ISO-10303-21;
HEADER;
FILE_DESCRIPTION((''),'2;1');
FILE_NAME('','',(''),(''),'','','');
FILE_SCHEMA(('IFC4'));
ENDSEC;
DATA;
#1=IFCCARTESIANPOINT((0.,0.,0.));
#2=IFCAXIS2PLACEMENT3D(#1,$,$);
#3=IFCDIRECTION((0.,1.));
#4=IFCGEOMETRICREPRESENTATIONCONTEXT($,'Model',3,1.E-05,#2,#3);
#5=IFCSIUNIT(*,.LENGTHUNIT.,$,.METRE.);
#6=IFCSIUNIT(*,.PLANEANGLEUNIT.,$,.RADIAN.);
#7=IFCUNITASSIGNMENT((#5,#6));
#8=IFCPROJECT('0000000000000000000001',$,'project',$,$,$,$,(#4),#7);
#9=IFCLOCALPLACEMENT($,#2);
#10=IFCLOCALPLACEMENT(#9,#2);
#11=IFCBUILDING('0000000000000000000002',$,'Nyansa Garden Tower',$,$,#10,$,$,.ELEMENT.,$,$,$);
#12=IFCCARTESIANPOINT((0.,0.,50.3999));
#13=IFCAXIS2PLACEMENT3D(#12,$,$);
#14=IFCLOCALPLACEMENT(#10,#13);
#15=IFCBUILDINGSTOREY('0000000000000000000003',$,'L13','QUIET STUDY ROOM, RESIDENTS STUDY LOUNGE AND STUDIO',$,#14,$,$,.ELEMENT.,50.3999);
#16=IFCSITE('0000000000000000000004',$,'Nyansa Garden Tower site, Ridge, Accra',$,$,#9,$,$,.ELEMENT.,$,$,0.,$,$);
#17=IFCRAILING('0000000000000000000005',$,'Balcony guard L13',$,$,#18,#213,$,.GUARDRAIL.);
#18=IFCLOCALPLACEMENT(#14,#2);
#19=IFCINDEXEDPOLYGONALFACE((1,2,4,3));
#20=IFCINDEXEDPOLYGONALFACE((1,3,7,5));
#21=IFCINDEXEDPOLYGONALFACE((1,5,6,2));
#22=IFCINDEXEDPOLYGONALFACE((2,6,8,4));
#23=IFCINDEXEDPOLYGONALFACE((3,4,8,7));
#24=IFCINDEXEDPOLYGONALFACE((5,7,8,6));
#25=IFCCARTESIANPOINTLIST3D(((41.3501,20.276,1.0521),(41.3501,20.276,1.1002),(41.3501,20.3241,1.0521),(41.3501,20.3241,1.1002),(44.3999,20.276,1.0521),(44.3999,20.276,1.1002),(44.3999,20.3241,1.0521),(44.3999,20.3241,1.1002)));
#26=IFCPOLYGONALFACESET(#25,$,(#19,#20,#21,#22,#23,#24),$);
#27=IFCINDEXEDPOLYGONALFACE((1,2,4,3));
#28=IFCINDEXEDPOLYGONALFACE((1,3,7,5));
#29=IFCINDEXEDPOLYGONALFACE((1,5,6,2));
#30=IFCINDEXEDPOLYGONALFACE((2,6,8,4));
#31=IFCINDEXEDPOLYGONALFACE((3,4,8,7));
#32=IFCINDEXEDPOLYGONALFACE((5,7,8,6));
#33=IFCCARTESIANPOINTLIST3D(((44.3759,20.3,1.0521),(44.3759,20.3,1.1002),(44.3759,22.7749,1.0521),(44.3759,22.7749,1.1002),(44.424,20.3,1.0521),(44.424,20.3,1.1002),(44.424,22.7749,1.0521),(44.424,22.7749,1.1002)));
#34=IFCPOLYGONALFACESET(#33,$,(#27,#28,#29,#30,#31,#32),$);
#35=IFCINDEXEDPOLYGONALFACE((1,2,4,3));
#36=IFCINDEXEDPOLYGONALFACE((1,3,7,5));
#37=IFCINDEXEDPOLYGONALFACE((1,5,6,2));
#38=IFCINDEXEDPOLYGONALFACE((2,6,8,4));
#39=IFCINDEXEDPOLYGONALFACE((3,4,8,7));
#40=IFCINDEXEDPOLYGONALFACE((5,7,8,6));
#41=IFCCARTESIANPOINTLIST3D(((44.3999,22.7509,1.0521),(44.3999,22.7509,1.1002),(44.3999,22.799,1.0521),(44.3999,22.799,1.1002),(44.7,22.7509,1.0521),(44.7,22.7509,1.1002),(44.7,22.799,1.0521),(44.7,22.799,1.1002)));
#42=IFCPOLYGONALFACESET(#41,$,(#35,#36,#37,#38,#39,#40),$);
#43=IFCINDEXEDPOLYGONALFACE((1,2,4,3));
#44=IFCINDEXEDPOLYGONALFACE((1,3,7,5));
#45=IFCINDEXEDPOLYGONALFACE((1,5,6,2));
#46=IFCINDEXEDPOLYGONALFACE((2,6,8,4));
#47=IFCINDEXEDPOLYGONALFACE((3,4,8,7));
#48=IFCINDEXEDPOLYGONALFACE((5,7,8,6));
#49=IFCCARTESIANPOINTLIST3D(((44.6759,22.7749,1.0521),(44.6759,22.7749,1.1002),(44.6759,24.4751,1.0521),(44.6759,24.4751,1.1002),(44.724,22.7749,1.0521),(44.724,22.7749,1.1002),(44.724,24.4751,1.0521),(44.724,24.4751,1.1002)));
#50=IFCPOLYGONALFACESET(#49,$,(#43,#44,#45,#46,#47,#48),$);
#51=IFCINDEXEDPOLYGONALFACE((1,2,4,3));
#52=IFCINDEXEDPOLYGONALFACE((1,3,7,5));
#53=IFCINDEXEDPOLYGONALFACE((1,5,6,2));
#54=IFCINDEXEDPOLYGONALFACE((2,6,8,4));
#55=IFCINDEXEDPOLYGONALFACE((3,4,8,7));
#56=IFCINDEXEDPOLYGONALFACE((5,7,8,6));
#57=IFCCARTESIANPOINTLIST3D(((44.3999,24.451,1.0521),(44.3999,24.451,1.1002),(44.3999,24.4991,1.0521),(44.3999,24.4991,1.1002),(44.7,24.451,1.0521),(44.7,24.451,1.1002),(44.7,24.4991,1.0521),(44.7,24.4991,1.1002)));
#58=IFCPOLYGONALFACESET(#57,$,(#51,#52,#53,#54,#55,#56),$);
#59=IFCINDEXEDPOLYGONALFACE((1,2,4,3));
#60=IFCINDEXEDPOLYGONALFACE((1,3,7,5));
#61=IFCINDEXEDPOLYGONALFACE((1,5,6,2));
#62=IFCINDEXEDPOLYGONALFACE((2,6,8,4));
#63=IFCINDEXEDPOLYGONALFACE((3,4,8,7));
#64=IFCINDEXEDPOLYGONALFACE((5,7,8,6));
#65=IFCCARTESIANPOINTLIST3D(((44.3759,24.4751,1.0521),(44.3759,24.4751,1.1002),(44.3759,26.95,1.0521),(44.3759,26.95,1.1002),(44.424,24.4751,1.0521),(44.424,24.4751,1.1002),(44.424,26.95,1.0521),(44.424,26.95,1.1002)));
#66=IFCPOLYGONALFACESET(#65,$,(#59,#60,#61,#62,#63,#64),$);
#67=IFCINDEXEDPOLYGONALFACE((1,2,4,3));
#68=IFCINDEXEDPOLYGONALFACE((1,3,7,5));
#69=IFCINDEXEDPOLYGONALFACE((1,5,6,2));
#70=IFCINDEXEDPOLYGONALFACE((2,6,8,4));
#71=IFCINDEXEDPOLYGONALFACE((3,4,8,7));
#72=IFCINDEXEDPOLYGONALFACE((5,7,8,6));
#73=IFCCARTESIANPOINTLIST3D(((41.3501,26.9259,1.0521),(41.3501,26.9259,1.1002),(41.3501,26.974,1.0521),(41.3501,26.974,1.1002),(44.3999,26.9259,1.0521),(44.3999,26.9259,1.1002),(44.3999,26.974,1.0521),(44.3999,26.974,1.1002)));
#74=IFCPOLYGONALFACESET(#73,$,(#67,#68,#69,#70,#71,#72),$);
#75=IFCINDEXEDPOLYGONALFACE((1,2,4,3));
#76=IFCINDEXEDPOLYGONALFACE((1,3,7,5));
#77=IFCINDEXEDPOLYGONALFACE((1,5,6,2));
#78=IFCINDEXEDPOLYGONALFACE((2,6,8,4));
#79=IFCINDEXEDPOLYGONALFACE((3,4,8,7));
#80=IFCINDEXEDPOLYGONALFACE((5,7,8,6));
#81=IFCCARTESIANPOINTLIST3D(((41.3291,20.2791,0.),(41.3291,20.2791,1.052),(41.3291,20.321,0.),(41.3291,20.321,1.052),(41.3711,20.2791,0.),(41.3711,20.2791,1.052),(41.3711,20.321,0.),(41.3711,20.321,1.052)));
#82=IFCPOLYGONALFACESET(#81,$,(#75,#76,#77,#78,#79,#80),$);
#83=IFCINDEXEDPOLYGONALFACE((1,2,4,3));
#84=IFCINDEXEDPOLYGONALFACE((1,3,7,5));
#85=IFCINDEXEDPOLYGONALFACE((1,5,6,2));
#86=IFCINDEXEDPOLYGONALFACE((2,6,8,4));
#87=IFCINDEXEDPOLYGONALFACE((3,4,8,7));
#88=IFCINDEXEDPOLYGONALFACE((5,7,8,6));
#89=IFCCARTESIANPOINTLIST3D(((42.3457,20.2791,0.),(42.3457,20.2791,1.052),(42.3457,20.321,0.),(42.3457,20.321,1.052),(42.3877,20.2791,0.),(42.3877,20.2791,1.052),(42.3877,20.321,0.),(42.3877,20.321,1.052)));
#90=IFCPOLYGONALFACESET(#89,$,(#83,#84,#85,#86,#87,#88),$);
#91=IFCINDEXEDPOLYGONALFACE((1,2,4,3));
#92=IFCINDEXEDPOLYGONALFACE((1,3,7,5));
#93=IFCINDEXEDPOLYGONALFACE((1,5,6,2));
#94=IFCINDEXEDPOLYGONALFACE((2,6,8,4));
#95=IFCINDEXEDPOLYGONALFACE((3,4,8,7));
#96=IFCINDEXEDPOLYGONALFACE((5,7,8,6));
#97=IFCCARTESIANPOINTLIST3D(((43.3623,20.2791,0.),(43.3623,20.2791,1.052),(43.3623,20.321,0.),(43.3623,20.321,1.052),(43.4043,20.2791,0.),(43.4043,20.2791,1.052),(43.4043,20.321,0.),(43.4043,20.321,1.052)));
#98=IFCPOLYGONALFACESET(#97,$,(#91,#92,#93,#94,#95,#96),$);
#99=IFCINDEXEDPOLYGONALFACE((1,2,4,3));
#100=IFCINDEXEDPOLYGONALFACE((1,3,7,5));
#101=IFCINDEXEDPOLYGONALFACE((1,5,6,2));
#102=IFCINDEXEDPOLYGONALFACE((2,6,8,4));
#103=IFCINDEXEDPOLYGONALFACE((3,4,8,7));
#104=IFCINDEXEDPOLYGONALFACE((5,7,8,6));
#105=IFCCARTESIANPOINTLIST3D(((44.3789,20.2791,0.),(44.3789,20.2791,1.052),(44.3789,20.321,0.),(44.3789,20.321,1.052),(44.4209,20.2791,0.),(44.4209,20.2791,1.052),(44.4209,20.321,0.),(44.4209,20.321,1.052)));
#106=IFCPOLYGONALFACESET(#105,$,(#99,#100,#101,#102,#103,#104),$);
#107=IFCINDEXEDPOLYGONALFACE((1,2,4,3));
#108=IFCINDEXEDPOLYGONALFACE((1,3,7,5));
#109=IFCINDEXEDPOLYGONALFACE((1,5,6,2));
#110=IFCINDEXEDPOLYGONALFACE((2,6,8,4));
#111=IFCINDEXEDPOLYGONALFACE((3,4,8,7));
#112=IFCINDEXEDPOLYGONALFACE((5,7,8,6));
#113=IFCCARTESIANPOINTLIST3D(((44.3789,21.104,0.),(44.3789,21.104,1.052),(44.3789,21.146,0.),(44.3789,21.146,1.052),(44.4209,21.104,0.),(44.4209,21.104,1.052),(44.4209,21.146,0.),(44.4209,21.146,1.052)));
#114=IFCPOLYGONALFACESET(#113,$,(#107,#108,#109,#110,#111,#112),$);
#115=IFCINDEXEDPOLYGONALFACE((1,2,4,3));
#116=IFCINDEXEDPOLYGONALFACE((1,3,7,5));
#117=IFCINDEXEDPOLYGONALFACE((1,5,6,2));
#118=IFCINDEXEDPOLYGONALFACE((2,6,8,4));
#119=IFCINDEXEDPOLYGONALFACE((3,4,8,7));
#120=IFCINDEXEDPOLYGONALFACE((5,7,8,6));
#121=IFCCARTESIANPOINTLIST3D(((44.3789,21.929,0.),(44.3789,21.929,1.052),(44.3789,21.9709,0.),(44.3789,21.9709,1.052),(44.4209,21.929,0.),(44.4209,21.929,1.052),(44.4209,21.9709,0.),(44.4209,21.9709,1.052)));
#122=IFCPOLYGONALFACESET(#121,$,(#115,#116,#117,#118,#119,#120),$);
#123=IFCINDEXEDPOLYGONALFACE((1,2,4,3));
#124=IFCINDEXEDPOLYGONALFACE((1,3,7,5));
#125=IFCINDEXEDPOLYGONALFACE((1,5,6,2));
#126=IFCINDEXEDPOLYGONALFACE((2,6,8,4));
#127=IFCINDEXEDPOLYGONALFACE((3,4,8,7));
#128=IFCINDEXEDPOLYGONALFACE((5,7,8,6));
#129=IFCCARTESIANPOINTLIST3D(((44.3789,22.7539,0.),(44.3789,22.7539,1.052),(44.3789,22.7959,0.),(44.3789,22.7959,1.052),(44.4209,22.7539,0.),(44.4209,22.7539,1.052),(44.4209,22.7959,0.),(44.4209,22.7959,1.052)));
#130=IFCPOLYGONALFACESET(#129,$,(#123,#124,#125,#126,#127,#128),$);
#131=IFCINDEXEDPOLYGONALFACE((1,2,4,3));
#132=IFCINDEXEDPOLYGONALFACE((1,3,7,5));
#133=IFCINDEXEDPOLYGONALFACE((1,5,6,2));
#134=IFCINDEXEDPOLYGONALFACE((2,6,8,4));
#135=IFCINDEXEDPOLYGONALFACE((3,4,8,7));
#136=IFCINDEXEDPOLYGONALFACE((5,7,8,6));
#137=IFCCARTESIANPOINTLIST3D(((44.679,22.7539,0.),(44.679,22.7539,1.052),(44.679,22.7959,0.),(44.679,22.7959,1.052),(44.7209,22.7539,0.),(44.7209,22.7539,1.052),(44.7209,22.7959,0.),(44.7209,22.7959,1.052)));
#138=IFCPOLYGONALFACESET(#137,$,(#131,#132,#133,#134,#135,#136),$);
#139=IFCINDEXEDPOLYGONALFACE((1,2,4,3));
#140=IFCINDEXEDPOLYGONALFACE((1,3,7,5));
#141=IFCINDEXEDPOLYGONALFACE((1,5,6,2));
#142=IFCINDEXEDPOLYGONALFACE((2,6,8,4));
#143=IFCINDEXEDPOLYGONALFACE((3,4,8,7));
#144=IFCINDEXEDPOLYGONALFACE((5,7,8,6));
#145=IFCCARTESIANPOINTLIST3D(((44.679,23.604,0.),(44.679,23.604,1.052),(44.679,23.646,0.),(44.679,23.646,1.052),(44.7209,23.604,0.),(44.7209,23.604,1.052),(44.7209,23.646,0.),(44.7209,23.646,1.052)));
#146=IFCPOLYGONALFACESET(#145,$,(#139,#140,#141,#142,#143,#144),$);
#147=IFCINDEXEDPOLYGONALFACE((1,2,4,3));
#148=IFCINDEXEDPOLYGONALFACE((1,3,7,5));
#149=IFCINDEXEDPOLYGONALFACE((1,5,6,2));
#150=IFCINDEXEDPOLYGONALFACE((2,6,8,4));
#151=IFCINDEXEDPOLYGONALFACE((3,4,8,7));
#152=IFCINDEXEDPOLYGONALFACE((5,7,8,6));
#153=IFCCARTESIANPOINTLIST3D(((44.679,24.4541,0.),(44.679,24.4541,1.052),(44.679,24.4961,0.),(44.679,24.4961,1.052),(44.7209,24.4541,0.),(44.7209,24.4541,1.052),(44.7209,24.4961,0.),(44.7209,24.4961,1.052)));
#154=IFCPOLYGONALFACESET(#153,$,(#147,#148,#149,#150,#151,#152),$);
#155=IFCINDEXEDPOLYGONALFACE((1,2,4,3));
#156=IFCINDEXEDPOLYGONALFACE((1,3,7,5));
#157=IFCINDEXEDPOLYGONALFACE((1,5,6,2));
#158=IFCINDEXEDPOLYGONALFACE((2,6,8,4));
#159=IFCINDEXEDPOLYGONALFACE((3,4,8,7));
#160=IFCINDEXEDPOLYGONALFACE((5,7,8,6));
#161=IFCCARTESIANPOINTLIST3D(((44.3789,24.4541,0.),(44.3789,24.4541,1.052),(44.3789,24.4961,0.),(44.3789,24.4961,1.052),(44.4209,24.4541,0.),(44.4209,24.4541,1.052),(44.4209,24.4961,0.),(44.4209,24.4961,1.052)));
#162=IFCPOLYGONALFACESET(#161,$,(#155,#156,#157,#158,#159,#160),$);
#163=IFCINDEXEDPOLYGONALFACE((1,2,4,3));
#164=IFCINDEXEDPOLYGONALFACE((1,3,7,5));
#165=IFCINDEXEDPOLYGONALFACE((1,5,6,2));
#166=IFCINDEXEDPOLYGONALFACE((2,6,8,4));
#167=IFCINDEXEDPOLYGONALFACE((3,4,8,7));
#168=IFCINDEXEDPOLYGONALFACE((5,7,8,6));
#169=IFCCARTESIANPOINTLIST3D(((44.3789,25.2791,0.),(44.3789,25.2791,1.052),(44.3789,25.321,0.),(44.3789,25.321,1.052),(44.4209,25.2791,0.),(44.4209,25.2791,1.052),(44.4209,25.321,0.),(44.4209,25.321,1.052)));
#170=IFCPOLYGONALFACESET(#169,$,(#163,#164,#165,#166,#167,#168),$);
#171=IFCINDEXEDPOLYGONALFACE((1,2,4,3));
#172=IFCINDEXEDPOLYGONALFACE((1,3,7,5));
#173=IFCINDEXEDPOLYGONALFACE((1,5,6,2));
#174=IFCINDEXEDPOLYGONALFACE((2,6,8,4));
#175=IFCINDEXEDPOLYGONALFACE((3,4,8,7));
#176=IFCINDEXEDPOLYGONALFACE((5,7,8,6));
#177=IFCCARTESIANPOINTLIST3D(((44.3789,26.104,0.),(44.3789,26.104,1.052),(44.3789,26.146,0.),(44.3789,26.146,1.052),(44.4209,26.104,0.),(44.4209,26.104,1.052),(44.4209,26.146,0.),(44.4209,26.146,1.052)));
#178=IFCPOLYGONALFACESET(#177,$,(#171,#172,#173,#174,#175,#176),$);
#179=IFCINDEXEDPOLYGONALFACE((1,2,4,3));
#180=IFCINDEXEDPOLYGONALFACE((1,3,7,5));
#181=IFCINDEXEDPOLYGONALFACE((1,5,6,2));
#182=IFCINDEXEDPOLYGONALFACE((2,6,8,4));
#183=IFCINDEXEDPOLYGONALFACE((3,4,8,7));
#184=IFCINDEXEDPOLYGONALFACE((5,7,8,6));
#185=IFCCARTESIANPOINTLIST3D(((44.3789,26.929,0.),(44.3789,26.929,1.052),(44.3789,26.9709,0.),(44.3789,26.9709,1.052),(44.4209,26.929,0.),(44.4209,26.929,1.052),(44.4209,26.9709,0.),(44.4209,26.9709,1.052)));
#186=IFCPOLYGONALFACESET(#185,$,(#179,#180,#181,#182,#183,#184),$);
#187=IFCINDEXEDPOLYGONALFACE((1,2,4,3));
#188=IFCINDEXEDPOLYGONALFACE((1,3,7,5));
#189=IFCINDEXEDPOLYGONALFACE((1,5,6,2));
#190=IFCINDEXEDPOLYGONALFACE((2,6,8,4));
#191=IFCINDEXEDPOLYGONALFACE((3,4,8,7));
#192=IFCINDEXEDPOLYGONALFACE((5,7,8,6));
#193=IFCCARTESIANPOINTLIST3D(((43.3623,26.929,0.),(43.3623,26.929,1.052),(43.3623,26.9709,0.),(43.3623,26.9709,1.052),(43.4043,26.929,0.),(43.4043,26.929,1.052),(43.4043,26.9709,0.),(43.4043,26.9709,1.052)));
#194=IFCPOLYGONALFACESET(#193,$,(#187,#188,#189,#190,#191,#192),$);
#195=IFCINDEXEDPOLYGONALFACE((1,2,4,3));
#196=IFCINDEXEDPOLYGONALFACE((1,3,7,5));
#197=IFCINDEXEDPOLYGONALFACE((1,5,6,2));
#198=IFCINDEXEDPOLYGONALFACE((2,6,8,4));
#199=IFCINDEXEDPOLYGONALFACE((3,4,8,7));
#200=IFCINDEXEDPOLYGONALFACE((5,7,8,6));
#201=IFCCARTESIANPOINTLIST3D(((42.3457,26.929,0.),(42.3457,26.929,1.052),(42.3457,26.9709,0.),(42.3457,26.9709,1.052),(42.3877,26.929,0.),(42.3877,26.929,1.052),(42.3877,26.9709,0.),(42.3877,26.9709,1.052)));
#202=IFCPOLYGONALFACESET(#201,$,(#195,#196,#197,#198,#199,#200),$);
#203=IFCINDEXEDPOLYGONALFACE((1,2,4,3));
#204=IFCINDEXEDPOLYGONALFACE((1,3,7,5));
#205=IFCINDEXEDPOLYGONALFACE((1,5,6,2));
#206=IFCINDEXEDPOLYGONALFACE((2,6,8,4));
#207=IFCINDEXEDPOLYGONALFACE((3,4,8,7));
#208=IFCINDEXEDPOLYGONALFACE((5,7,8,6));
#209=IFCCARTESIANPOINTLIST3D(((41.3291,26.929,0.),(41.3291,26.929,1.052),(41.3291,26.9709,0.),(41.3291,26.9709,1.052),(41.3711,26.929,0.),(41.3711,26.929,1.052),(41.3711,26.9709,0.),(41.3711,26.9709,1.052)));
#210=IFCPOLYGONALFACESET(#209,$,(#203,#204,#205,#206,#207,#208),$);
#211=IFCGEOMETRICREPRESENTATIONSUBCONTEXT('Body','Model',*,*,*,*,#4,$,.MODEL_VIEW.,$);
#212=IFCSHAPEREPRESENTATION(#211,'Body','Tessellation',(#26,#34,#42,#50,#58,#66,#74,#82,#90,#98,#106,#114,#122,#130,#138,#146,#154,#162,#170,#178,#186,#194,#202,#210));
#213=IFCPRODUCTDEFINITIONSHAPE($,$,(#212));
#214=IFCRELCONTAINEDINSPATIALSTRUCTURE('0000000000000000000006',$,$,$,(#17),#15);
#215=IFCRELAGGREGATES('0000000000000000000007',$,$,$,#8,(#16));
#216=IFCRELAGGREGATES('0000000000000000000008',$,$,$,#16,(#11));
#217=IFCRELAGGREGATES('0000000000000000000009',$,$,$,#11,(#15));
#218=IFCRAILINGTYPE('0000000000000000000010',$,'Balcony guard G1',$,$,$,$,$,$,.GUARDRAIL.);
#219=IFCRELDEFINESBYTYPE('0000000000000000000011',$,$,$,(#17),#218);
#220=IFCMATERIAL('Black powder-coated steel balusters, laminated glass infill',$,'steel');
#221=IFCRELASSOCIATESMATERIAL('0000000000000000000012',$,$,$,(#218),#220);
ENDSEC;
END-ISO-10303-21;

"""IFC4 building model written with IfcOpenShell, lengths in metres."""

from ifc_helpers import new_model, si_unit, direction, frame, origin, origin_2d, place, context, subcontext, project, spatial, rectangle, extrude, material, type_object, element, save


model = new_model("IFC4")

# Units and contexts
model_context = context("Model", 3, precision=1e-05, world=origin(), true_north=direction((0.0, 1.0)))
body_context = subcontext(model_context, "Body", "Model", "MODEL_VIEW")
ifc_project = project(units=[si_unit("LENGTHUNIT", "METRE"), si_unit("PLANEANGLEUNIT", "RADIAN")], contexts=[model_context])

# Site, building, storey
site_placement = place(None, origin())
site = spatial("IfcSite", under=ifc_project, at=site_placement, Name="Nyansa Garden Tower site, Ridge, Accra", CompositionType="ELEMENT", RefElevation=0.0)
building_placement = place(site_placement, origin())
building = spatial("IfcBuilding", under=site, at=building_placement, Name="Nyansa Garden Tower", CompositionType="ELEMENT")
storey_placement = place(building_placement, frame((0.0, 0.0, 50.3999)))
storey = spatial("IfcBuildingStorey", under=building, at=storey_placement, Name="L13", Description="QUIET STUDY ROOM, RESIDENTS STUDY LOUNGE AND STUDIO", CompositionType="ELEMENT", Elevation=50.3999)

# Railing
ifc_material_1 = material(Name="Black powder-coated steel balusters, laminated glass infill", Category="steel")
railing_type = type_object("IfcRailingType", Name="Balcony guard G1", PredefinedType="GUARDRAIL", material=ifc_material_1)
railing_placement = place(storey_placement, frame((41.3501, 20.3, 0.0)))
element("IfcRailing", 1, at=railing_placement, inside=storey, type_object=railing_type, Name="Balcony guard L13", PredefinedType="GUARDRAIL", context=body_context, shape_type="SweptSolid", body=[
    extrude(rectangle(XDim=0.0481, YDim=0.0481, at=origin_2d()), frame((0.0, 0.0, 1.0762), z_axis=(1.0, 0.0, 0.0), x_axis=(0.0, 1.0, 0.0)), (0.0, 0.0, 1.0), 3.0498),
    extrude(rectangle(XDim=0.0481, YDim=0.0481, at=origin_2d()), frame((3.0498, 0.0, 1.0762), z_axis=(0.0, 1.0, 0.0), x_axis=(-1.0, 0.0, 0.0)), (0.0, 0.0, 1.0), 2.4749),
    extrude(rectangle(XDim=0.0481, YDim=0.0481, at=origin_2d()), frame((3.0498, 2.4749, 1.0762), z_axis=(1.0, 0.0, 0.0), x_axis=(0.0, 1.0, 0.0)), (0.0, 0.0, 1.0), 0.3),
    extrude(rectangle(XDim=0.0481, YDim=0.0481, at=origin_2d()), frame((3.3499, 2.4749, 1.0762), z_axis=(0.0, 1.0, 0.0), x_axis=(-1.0, 0.0, 0.0)), (0.0, 0.0, 1.0), 1.7002),
    extrude(rectangle(XDim=0.0481, YDim=0.0481, at=origin_2d()), frame((3.3499, 4.175, 1.0762), z_axis=(-1.0, 0.0, 0.0), x_axis=(0.0, -1.0, 0.0)), (0.0, 0.0, 1.0), 0.3),
    extrude(rectangle(XDim=0.0481, YDim=0.0481, at=origin_2d()), frame((3.0498, 4.175, 1.0762), z_axis=(0.0, 1.0, 0.0), x_axis=(-1.0, 0.0, 0.0)), (0.0, 0.0, 1.0), 2.4749),
    extrude(rectangle(XDim=0.0481, YDim=0.0481, at=origin_2d()), frame((3.0498, 6.6499, 1.0762), z_axis=(-1.0, 0.0, 0.0), x_axis=(0.0, -1.0, 0.0)), (0.0, 0.0, 1.0), 3.0498),
    extrude(rectangle(XDim=0.042, YDim=0.042, at=origin_2d()), origin(), (0.0, 0.0, 1.0), 1.052),
    extrude(rectangle(XDim=0.042, YDim=0.042, at=origin_2d()), frame((1.0166, 0.0, 0.0)), (0.0, 0.0, 1.0), 1.052),
    extrude(rectangle(XDim=0.042, YDim=0.042, at=origin_2d()), frame((2.0332, 0.0, 0.0)), (0.0, 0.0, 1.0), 1.052),
    extrude(rectangle(XDim=0.042, YDim=0.042, at=origin_2d()), frame((3.0498, 0.0, 0.0)), (0.0, 0.0, 1.0), 1.052),
    extrude(rectangle(XDim=0.042, YDim=0.042, at=origin_2d()), frame((3.0498, 0.825, 0.0)), (0.0, 0.0, 1.0), 1.052),
    extrude(rectangle(XDim=0.042, YDim=0.042, at=origin_2d()), frame((3.0498, 1.6499, 0.0)), (0.0, 0.0, 1.0), 1.052),
    extrude(rectangle(XDim=0.042, YDim=0.042, at=origin_2d()), frame((3.0498, 2.4749, 0.0)), (0.0, 0.0, 1.0), 1.052),
    extrude(rectangle(XDim=0.042, YDim=0.042, at=origin_2d()), frame((3.3499, 2.4749, 0.0)), (0.0, 0.0, 1.0), 1.052),
    extrude(rectangle(XDim=0.042, YDim=0.042, at=origin_2d()), frame((3.3499, 3.325, 0.0)), (0.0, 0.0, 1.0), 1.052),
    extrude(rectangle(XDim=0.042, YDim=0.042, at=origin_2d()), frame((3.3499, 4.175, 0.0)), (0.0, 0.0, 1.0), 1.052),
    extrude(rectangle(XDim=0.042, YDim=0.042, at=origin_2d()), frame((3.0498, 4.175, 0.0)), (0.0, 0.0, 1.0), 1.052),
    extrude(rectangle(XDim=0.042, YDim=0.042, at=origin_2d()), frame((3.0498, 5.0, 0.0)), (0.0, 0.0, 1.0), 1.052),
    extrude(rectangle(XDim=0.042, YDim=0.042, at=origin_2d()), frame((3.0498, 5.825, 0.0)), (0.0, 0.0, 1.0), 1.052),
    extrude(rectangle(XDim=0.042, YDim=0.042, at=origin_2d()), frame((3.0498, 6.6499, 0.0)), (0.0, 0.0, 1.0), 1.052),
    extrude(rectangle(XDim=0.042, YDim=0.042, at=origin_2d()), frame((2.0332, 6.6499, 0.0)), (0.0, 0.0, 1.0), 1.052),
    extrude(rectangle(XDim=0.042, YDim=0.042, at=origin_2d()), frame((1.0166, 6.6499, 0.0)), (0.0, 0.0, 1.0), 1.052),
    extrude(rectangle(XDim=0.042, YDim=0.042, at=origin_2d()), frame((0.0, 6.6499, 0.0)), (0.0, 0.0, 1.0), 1.052),
])

save(model, "model.ifc")
